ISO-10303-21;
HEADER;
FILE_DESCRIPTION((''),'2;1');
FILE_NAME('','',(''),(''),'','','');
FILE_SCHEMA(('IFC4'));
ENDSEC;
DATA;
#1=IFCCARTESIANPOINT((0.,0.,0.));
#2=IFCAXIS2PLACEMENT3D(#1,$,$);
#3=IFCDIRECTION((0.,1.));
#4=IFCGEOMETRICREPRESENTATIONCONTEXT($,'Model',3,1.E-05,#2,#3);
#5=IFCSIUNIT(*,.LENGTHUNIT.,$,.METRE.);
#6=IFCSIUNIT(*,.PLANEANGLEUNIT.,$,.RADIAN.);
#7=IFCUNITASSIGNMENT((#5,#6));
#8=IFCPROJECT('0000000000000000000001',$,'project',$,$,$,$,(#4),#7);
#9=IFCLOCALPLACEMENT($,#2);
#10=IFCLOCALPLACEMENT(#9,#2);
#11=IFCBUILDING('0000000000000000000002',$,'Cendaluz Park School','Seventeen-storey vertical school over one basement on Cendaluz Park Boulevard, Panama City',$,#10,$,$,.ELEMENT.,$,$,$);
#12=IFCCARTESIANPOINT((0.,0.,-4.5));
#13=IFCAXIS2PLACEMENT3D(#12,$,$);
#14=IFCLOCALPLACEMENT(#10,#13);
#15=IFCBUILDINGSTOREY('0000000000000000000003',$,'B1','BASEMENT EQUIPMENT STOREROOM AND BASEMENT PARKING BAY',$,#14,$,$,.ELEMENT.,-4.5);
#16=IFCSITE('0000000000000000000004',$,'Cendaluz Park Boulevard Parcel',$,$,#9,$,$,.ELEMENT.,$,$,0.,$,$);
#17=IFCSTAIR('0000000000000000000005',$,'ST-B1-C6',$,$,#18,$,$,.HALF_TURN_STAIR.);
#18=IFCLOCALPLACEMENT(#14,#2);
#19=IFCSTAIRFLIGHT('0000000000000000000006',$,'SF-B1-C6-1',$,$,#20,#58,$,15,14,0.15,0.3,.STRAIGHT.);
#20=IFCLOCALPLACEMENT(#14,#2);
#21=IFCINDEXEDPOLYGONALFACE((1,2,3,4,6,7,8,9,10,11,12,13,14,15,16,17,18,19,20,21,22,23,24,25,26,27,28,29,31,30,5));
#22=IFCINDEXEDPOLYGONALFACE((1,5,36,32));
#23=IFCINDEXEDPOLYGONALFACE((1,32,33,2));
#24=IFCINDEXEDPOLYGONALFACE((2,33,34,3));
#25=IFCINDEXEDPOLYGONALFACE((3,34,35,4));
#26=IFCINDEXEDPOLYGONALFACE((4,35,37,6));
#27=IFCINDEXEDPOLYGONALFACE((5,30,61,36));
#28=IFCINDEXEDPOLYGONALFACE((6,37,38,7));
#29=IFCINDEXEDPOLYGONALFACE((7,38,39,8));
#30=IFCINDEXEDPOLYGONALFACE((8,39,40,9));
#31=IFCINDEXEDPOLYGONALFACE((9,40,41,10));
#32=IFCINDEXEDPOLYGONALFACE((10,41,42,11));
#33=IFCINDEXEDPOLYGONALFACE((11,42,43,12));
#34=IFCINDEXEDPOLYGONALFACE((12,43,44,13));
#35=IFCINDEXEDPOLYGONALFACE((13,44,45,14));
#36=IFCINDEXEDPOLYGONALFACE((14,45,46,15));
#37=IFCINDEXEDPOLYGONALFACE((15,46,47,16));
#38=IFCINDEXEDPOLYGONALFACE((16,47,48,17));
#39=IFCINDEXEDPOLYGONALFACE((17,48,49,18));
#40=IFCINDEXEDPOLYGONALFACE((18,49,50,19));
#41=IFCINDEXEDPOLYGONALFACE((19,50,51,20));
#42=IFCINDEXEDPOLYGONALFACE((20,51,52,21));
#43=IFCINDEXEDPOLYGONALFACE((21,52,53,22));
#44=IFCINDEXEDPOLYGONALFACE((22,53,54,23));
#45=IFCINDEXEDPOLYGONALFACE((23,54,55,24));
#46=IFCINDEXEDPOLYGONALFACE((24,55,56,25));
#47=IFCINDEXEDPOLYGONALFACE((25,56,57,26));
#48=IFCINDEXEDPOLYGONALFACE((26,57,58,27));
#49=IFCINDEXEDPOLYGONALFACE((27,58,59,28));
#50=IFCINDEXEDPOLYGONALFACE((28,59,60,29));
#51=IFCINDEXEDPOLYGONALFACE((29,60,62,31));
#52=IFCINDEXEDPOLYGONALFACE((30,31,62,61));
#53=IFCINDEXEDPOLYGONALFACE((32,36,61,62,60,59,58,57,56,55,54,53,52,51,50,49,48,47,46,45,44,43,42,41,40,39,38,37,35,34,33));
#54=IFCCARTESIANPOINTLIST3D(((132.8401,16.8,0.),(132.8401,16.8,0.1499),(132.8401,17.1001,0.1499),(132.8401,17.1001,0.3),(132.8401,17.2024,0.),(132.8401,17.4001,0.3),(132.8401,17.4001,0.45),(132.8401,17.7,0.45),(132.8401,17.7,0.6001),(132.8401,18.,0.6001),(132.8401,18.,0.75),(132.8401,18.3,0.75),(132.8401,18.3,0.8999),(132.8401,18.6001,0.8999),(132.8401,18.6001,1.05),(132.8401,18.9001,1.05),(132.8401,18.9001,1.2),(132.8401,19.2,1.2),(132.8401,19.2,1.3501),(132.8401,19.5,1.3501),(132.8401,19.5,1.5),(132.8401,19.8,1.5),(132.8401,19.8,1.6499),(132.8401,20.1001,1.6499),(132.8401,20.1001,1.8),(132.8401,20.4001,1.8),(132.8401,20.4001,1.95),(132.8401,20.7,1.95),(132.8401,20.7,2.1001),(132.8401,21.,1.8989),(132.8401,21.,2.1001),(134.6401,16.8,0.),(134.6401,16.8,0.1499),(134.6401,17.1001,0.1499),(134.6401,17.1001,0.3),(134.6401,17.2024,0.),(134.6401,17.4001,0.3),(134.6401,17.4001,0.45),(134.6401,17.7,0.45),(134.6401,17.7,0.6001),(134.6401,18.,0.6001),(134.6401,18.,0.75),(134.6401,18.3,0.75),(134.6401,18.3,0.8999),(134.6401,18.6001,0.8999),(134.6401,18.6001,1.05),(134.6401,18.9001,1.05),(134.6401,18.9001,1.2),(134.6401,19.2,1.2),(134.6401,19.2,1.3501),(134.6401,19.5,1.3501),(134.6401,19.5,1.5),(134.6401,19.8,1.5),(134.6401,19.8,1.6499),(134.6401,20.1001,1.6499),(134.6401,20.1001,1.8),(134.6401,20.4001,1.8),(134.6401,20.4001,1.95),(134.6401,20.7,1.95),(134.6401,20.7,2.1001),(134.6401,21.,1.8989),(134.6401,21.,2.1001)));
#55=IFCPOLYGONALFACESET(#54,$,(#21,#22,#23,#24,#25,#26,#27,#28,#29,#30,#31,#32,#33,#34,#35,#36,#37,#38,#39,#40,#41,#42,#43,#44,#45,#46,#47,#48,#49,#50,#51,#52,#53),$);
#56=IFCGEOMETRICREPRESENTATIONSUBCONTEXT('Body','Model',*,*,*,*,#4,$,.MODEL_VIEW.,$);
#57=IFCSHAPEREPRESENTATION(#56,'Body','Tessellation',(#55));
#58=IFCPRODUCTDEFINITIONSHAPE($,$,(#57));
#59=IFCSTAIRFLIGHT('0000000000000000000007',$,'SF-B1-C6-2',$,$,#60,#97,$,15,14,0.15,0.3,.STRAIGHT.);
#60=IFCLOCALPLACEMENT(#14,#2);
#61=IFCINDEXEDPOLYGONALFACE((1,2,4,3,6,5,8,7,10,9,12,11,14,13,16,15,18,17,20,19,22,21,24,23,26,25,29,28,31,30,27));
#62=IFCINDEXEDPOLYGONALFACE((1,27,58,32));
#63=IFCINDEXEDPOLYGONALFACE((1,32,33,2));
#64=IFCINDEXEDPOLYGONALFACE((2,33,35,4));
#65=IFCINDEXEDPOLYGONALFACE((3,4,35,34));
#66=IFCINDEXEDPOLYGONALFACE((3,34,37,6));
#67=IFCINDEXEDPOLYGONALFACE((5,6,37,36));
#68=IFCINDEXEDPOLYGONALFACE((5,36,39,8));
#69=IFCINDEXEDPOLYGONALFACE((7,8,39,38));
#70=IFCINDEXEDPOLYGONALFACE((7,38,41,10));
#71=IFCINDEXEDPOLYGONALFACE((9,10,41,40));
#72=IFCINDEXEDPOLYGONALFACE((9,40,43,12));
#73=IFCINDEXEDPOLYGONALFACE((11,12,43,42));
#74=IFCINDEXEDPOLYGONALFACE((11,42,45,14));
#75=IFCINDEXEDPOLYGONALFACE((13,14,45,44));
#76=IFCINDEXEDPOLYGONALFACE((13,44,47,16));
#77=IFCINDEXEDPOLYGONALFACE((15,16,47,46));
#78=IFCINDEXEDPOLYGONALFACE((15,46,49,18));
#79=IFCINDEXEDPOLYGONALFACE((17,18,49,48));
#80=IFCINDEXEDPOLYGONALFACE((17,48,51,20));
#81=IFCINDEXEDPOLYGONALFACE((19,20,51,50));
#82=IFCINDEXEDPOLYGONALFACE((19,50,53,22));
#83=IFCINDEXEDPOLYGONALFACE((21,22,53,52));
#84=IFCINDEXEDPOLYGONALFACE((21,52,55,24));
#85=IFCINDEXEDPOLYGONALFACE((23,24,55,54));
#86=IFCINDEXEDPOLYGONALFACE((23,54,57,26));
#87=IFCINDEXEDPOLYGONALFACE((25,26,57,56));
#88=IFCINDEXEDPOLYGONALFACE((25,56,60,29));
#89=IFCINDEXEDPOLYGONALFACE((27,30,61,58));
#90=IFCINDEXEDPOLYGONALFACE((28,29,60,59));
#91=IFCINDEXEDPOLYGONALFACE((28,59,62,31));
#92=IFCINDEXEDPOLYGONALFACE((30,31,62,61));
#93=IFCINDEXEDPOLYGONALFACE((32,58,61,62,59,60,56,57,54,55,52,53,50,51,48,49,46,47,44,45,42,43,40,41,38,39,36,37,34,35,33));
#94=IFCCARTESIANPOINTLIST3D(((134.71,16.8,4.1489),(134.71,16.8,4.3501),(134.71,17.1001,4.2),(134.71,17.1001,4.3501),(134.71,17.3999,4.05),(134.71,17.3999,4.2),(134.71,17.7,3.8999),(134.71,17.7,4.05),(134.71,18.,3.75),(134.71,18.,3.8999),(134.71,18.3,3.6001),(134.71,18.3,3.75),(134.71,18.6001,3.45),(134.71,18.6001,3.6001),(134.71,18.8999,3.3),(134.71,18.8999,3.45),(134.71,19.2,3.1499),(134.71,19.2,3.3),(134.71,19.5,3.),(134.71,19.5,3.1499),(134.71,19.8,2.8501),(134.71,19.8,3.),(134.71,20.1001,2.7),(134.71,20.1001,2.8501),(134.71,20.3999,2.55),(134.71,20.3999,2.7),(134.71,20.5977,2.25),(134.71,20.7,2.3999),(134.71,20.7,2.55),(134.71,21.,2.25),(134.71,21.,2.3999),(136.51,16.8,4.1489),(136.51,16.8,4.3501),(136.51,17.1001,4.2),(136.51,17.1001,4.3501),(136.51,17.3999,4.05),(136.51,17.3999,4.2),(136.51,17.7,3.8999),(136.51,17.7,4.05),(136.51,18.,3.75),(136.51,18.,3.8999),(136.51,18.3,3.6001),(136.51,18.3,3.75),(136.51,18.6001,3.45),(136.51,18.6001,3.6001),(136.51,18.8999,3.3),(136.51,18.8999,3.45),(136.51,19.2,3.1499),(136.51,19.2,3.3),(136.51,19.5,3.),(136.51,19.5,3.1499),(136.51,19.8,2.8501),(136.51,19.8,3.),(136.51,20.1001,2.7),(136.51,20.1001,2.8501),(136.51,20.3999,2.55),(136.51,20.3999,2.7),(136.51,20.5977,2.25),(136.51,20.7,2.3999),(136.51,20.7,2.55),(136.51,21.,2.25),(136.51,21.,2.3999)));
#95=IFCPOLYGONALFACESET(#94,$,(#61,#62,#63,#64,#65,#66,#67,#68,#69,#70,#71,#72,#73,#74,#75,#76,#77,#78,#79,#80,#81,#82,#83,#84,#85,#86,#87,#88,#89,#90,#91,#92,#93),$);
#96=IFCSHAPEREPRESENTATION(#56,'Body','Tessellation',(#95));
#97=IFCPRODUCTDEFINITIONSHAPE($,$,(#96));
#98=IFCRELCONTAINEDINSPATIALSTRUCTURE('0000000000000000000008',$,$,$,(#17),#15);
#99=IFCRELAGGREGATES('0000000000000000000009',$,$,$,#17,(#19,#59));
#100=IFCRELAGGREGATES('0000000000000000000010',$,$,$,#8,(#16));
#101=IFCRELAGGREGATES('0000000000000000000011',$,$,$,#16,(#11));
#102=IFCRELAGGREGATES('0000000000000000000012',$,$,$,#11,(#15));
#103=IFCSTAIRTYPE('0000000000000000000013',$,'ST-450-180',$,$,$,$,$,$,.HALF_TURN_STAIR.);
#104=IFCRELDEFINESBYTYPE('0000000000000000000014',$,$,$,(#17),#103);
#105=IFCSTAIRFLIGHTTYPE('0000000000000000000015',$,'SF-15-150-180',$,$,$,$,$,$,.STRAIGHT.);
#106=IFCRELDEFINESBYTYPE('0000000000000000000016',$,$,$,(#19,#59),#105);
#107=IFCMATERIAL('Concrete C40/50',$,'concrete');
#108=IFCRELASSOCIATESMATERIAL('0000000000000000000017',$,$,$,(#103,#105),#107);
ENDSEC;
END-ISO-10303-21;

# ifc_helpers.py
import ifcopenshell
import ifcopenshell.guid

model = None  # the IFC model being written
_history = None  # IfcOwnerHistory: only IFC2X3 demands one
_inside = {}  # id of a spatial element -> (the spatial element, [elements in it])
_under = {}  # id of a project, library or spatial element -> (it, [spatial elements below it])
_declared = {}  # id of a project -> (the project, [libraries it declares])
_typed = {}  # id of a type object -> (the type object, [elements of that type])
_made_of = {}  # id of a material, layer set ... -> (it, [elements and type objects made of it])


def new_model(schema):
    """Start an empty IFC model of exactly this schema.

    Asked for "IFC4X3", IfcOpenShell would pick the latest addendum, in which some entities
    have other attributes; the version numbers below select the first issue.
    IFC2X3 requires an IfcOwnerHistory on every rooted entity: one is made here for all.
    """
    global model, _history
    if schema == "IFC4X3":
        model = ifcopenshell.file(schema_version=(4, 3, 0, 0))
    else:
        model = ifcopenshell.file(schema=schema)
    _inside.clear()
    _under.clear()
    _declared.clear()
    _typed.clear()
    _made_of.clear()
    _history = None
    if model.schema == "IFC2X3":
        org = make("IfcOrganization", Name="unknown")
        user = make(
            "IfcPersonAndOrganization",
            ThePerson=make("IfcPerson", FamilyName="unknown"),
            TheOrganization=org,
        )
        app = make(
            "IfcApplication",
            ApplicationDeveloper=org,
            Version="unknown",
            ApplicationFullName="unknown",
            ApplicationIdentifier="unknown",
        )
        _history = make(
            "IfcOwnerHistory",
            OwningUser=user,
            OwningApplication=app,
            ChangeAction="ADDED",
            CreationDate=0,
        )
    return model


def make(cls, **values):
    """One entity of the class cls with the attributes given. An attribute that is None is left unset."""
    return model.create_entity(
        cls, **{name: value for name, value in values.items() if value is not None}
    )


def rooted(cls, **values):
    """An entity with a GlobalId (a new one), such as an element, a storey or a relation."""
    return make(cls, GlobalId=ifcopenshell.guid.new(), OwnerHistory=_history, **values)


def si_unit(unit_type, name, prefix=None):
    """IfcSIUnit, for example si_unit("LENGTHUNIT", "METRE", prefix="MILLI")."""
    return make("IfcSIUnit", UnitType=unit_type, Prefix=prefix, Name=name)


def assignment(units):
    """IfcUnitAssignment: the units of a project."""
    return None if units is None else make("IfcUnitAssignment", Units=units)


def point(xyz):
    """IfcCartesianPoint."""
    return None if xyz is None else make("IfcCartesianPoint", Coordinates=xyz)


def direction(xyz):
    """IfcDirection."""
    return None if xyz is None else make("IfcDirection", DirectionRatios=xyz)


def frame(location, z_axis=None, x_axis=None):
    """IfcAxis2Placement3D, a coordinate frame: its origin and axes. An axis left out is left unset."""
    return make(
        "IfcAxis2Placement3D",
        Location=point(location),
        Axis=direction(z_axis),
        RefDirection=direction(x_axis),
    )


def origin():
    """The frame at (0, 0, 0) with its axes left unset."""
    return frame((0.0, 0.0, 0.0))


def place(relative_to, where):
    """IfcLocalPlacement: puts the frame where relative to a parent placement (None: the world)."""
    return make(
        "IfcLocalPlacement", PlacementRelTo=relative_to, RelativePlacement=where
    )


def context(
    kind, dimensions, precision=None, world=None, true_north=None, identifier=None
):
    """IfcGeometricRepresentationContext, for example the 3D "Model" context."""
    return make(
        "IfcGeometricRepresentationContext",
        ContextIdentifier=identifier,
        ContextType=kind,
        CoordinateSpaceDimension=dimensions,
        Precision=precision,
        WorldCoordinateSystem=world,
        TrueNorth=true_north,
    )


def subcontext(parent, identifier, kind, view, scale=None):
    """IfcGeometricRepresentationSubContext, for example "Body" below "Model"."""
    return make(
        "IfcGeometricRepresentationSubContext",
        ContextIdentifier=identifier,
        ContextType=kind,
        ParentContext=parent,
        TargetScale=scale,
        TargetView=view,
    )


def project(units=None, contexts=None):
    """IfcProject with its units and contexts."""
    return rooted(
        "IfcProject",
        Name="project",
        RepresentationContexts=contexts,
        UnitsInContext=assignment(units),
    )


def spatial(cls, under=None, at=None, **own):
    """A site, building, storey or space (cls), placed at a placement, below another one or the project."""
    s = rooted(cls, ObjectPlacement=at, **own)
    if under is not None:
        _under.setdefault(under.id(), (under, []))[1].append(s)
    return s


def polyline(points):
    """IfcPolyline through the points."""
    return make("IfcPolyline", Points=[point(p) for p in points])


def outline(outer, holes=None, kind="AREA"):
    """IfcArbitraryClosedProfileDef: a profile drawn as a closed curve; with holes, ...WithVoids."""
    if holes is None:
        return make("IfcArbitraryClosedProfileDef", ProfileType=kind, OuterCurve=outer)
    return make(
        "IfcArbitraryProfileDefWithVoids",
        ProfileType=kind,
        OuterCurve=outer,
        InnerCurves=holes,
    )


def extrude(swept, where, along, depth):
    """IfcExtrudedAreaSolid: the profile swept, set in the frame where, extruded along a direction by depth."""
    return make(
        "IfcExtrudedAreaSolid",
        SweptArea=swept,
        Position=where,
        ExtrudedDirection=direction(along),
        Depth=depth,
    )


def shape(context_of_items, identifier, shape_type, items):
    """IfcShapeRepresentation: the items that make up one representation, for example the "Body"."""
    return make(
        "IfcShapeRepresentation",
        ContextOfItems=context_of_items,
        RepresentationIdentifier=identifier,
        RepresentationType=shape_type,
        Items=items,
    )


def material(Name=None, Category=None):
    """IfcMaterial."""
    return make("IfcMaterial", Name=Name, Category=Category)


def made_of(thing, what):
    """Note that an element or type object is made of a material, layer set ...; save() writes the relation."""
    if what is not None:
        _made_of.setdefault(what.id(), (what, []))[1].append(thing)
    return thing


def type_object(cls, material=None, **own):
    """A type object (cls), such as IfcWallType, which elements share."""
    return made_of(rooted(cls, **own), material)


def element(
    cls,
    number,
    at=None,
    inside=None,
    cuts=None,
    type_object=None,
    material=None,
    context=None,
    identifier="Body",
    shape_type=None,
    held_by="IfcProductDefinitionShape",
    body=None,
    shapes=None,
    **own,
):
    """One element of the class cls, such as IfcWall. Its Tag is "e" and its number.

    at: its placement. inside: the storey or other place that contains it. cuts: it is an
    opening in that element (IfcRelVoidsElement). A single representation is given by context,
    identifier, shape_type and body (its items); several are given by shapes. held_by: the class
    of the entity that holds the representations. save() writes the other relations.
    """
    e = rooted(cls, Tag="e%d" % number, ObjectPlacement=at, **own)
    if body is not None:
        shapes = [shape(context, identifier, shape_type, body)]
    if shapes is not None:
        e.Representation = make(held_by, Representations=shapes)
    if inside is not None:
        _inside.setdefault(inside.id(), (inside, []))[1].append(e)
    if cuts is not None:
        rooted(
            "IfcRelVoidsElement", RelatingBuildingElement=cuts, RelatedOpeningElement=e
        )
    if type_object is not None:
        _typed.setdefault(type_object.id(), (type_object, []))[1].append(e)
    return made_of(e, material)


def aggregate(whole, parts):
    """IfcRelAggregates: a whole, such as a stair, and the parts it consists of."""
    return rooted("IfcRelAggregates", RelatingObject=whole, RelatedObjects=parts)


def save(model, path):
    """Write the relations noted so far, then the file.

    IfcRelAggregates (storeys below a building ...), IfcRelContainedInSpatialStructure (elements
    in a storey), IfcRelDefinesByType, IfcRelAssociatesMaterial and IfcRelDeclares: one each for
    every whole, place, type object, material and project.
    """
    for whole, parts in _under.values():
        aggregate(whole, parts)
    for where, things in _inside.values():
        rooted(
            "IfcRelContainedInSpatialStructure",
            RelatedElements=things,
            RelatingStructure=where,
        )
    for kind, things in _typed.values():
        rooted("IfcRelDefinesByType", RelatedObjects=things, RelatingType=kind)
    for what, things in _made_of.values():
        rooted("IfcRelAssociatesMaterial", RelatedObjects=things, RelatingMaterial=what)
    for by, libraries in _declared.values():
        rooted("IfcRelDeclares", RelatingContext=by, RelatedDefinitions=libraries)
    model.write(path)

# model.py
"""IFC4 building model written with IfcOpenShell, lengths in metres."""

from ifc_helpers import new_model, si_unit, direction, frame, origin, place, context, subcontext, project, spatial, polyline, outline, extrude, material, type_object, element, aggregate, save


model = new_model("IFC4")

# Units and contexts
model_context = context("Model", 3, precision=1e-05, world=origin(), true_north=direction((0.0, 1.0)))
body_context = subcontext(model_context, "Body", "Model", "MODEL_VIEW")
ifc_project = project(units=[si_unit("LENGTHUNIT", "METRE"), si_unit("PLANEANGLEUNIT", "RADIAN")], contexts=[model_context])

# Site, building, storey
site_placement = place(None, origin())
site = spatial("IfcSite", under=ifc_project, at=site_placement, Name="Cendaluz Park Boulevard Parcel", CompositionType="ELEMENT", RefElevation=0.0)
building_placement = place(site_placement, origin())
building = spatial("IfcBuilding", under=site, at=building_placement, Name="Cendaluz Park School", Description="Seventeen-storey vertical school over one basement on Cendaluz Park Boulevard, Panama City", CompositionType="ELEMENT")
storey_placement = place(building_placement, frame((0.0, 0.0, -4.5)))
storey = spatial("IfcBuildingStorey", under=building, at=storey_placement, Name="B1", Description="BASEMENT EQUIPMENT STOREROOM AND BASEMENT PARKING BAY", CompositionType="ELEMENT", Elevation=-4.5)

# Shared definitions
ifc_material_1 = material(Name="Concrete C40/50", Category="concrete")

# Stair, stair flights
stair_type = type_object("IfcStairType", Name="ST-450-180", PredefinedType="HALF_TURN_STAIR", material=ifc_material_1)
stair_placement = place(storey_placement, origin())
stair = element("IfcStair", 1, at=stair_placement, inside=storey, type_object=stair_type, Name="ST-B1-C6", PredefinedType="HALF_TURN_STAIR")
stair_flight_type = type_object("IfcStairFlightType", Name="SF-15-150-180", PredefinedType="STRAIGHT", material=ifc_material_1)
stair_flight_1_placement = place(storey_placement, frame((133.74, 16.8, 0.0), z_axis=(0.0, 0.0, 1.0), x_axis=(0.0, 1.0, 0.0)))
stair_flight_1 = element("IfcStairFlight", 2, at=stair_flight_1_placement, type_object=stair_flight_type, Name="SF-B1-C6-1", NumberOfRisers=15, NumberOfTreads=14, PredefinedType="STRAIGHT", RiserHeight=0.15, TreadLength=0.3, context=body_context, shape_type="SweptSolid", body=[
    extrude(outline(polyline([(0.0, 0.0), (0.0, 0.1499), (0.3, 0.1499), (0.3, 0.3), (0.6001, 0.3), (0.6001, 0.45), (0.8999, 0.45), (0.8999, 0.6001), (1.2, 0.6001), (1.2, 0.75), (1.5, 0.75), (1.5, 0.8999), (1.8, 0.8999), (1.8, 1.05), (2.1001, 1.05), (2.1001, 1.2), (2.3999, 1.2), (2.3999, 1.3501), (2.7, 1.3501), (2.7, 1.5), (3.0, 1.5), (3.0, 1.6499), (3.3, 1.6499), (3.3, 1.8), (3.6001, 1.8), (3.6001, 1.95), (3.8999, 1.95), (3.8999, 2.1001), (4.2, 2.1001), (4.2, 2.25), (4.2, 1.8989), (0.4023, 0.0), (0.0, 0.0)])), frame((0.0, 0.8999, 0.0), z_axis=(0.0, -1.0, 0.0), x_axis=(1.0, 0.0, 0.0)), (0.0, 0.0, 1.0), 1.8),
])
stair_flight_2_placement = place(storey_placement, frame((135.6101, 21.0, 2.25), z_axis=(0.0, 0.0, 1.0), x_axis=(0.0, -1.0, 0.0)))
stair_flight_2 = element("IfcStairFlight", 3, at=stair_flight_2_placement, type_object=stair_flight_type, Name="SF-B1-C6-2", NumberOfRisers=15, NumberOfTreads=14, PredefinedType="STRAIGHT", RiserHeight=0.15, TreadLength=0.3, context=body_context, shape_type="SweptSolid", body=[
    extrude(outline(polyline([(0.0, 0.0), (0.0, 0.1499), (0.3, 0.1499), (0.3, 0.3), (0.6001, 0.3), (0.6001, 0.45), (0.8999, 0.45), (0.8999, 0.6001), (1.2, 0.6001), (1.2, 0.75), (1.5, 0.75), (1.5, 0.8999), (1.8, 0.8999), (1.8, 1.05), (2.1001, 1.05), (2.1001, 1.2), (2.3999, 1.2), (2.3999, 1.3501), (2.7, 1.3501), (2.7, 1.5), (3.0, 1.5), (3.0, 1.6499), (3.3, 1.6499), (3.3, 1.8), (3.6001, 1.8), (3.6001, 1.95), (3.8999, 1.95), (3.8999, 2.1001), (4.2, 2.1001), (4.2, 2.25), (4.2, 1.8989), (0.4023, 0.0), (0.0, 0.0)])), frame((0.0, 0.8999, 0.0), z_axis=(0.0, -1.0, 0.0), x_axis=(1.0, 0.0, 0.0)), (0.0, 0.0, 1.0), 1.8),
])
aggregate(stair, [stair_flight_1, stair_flight_2])

save(model, "model.ifc")
